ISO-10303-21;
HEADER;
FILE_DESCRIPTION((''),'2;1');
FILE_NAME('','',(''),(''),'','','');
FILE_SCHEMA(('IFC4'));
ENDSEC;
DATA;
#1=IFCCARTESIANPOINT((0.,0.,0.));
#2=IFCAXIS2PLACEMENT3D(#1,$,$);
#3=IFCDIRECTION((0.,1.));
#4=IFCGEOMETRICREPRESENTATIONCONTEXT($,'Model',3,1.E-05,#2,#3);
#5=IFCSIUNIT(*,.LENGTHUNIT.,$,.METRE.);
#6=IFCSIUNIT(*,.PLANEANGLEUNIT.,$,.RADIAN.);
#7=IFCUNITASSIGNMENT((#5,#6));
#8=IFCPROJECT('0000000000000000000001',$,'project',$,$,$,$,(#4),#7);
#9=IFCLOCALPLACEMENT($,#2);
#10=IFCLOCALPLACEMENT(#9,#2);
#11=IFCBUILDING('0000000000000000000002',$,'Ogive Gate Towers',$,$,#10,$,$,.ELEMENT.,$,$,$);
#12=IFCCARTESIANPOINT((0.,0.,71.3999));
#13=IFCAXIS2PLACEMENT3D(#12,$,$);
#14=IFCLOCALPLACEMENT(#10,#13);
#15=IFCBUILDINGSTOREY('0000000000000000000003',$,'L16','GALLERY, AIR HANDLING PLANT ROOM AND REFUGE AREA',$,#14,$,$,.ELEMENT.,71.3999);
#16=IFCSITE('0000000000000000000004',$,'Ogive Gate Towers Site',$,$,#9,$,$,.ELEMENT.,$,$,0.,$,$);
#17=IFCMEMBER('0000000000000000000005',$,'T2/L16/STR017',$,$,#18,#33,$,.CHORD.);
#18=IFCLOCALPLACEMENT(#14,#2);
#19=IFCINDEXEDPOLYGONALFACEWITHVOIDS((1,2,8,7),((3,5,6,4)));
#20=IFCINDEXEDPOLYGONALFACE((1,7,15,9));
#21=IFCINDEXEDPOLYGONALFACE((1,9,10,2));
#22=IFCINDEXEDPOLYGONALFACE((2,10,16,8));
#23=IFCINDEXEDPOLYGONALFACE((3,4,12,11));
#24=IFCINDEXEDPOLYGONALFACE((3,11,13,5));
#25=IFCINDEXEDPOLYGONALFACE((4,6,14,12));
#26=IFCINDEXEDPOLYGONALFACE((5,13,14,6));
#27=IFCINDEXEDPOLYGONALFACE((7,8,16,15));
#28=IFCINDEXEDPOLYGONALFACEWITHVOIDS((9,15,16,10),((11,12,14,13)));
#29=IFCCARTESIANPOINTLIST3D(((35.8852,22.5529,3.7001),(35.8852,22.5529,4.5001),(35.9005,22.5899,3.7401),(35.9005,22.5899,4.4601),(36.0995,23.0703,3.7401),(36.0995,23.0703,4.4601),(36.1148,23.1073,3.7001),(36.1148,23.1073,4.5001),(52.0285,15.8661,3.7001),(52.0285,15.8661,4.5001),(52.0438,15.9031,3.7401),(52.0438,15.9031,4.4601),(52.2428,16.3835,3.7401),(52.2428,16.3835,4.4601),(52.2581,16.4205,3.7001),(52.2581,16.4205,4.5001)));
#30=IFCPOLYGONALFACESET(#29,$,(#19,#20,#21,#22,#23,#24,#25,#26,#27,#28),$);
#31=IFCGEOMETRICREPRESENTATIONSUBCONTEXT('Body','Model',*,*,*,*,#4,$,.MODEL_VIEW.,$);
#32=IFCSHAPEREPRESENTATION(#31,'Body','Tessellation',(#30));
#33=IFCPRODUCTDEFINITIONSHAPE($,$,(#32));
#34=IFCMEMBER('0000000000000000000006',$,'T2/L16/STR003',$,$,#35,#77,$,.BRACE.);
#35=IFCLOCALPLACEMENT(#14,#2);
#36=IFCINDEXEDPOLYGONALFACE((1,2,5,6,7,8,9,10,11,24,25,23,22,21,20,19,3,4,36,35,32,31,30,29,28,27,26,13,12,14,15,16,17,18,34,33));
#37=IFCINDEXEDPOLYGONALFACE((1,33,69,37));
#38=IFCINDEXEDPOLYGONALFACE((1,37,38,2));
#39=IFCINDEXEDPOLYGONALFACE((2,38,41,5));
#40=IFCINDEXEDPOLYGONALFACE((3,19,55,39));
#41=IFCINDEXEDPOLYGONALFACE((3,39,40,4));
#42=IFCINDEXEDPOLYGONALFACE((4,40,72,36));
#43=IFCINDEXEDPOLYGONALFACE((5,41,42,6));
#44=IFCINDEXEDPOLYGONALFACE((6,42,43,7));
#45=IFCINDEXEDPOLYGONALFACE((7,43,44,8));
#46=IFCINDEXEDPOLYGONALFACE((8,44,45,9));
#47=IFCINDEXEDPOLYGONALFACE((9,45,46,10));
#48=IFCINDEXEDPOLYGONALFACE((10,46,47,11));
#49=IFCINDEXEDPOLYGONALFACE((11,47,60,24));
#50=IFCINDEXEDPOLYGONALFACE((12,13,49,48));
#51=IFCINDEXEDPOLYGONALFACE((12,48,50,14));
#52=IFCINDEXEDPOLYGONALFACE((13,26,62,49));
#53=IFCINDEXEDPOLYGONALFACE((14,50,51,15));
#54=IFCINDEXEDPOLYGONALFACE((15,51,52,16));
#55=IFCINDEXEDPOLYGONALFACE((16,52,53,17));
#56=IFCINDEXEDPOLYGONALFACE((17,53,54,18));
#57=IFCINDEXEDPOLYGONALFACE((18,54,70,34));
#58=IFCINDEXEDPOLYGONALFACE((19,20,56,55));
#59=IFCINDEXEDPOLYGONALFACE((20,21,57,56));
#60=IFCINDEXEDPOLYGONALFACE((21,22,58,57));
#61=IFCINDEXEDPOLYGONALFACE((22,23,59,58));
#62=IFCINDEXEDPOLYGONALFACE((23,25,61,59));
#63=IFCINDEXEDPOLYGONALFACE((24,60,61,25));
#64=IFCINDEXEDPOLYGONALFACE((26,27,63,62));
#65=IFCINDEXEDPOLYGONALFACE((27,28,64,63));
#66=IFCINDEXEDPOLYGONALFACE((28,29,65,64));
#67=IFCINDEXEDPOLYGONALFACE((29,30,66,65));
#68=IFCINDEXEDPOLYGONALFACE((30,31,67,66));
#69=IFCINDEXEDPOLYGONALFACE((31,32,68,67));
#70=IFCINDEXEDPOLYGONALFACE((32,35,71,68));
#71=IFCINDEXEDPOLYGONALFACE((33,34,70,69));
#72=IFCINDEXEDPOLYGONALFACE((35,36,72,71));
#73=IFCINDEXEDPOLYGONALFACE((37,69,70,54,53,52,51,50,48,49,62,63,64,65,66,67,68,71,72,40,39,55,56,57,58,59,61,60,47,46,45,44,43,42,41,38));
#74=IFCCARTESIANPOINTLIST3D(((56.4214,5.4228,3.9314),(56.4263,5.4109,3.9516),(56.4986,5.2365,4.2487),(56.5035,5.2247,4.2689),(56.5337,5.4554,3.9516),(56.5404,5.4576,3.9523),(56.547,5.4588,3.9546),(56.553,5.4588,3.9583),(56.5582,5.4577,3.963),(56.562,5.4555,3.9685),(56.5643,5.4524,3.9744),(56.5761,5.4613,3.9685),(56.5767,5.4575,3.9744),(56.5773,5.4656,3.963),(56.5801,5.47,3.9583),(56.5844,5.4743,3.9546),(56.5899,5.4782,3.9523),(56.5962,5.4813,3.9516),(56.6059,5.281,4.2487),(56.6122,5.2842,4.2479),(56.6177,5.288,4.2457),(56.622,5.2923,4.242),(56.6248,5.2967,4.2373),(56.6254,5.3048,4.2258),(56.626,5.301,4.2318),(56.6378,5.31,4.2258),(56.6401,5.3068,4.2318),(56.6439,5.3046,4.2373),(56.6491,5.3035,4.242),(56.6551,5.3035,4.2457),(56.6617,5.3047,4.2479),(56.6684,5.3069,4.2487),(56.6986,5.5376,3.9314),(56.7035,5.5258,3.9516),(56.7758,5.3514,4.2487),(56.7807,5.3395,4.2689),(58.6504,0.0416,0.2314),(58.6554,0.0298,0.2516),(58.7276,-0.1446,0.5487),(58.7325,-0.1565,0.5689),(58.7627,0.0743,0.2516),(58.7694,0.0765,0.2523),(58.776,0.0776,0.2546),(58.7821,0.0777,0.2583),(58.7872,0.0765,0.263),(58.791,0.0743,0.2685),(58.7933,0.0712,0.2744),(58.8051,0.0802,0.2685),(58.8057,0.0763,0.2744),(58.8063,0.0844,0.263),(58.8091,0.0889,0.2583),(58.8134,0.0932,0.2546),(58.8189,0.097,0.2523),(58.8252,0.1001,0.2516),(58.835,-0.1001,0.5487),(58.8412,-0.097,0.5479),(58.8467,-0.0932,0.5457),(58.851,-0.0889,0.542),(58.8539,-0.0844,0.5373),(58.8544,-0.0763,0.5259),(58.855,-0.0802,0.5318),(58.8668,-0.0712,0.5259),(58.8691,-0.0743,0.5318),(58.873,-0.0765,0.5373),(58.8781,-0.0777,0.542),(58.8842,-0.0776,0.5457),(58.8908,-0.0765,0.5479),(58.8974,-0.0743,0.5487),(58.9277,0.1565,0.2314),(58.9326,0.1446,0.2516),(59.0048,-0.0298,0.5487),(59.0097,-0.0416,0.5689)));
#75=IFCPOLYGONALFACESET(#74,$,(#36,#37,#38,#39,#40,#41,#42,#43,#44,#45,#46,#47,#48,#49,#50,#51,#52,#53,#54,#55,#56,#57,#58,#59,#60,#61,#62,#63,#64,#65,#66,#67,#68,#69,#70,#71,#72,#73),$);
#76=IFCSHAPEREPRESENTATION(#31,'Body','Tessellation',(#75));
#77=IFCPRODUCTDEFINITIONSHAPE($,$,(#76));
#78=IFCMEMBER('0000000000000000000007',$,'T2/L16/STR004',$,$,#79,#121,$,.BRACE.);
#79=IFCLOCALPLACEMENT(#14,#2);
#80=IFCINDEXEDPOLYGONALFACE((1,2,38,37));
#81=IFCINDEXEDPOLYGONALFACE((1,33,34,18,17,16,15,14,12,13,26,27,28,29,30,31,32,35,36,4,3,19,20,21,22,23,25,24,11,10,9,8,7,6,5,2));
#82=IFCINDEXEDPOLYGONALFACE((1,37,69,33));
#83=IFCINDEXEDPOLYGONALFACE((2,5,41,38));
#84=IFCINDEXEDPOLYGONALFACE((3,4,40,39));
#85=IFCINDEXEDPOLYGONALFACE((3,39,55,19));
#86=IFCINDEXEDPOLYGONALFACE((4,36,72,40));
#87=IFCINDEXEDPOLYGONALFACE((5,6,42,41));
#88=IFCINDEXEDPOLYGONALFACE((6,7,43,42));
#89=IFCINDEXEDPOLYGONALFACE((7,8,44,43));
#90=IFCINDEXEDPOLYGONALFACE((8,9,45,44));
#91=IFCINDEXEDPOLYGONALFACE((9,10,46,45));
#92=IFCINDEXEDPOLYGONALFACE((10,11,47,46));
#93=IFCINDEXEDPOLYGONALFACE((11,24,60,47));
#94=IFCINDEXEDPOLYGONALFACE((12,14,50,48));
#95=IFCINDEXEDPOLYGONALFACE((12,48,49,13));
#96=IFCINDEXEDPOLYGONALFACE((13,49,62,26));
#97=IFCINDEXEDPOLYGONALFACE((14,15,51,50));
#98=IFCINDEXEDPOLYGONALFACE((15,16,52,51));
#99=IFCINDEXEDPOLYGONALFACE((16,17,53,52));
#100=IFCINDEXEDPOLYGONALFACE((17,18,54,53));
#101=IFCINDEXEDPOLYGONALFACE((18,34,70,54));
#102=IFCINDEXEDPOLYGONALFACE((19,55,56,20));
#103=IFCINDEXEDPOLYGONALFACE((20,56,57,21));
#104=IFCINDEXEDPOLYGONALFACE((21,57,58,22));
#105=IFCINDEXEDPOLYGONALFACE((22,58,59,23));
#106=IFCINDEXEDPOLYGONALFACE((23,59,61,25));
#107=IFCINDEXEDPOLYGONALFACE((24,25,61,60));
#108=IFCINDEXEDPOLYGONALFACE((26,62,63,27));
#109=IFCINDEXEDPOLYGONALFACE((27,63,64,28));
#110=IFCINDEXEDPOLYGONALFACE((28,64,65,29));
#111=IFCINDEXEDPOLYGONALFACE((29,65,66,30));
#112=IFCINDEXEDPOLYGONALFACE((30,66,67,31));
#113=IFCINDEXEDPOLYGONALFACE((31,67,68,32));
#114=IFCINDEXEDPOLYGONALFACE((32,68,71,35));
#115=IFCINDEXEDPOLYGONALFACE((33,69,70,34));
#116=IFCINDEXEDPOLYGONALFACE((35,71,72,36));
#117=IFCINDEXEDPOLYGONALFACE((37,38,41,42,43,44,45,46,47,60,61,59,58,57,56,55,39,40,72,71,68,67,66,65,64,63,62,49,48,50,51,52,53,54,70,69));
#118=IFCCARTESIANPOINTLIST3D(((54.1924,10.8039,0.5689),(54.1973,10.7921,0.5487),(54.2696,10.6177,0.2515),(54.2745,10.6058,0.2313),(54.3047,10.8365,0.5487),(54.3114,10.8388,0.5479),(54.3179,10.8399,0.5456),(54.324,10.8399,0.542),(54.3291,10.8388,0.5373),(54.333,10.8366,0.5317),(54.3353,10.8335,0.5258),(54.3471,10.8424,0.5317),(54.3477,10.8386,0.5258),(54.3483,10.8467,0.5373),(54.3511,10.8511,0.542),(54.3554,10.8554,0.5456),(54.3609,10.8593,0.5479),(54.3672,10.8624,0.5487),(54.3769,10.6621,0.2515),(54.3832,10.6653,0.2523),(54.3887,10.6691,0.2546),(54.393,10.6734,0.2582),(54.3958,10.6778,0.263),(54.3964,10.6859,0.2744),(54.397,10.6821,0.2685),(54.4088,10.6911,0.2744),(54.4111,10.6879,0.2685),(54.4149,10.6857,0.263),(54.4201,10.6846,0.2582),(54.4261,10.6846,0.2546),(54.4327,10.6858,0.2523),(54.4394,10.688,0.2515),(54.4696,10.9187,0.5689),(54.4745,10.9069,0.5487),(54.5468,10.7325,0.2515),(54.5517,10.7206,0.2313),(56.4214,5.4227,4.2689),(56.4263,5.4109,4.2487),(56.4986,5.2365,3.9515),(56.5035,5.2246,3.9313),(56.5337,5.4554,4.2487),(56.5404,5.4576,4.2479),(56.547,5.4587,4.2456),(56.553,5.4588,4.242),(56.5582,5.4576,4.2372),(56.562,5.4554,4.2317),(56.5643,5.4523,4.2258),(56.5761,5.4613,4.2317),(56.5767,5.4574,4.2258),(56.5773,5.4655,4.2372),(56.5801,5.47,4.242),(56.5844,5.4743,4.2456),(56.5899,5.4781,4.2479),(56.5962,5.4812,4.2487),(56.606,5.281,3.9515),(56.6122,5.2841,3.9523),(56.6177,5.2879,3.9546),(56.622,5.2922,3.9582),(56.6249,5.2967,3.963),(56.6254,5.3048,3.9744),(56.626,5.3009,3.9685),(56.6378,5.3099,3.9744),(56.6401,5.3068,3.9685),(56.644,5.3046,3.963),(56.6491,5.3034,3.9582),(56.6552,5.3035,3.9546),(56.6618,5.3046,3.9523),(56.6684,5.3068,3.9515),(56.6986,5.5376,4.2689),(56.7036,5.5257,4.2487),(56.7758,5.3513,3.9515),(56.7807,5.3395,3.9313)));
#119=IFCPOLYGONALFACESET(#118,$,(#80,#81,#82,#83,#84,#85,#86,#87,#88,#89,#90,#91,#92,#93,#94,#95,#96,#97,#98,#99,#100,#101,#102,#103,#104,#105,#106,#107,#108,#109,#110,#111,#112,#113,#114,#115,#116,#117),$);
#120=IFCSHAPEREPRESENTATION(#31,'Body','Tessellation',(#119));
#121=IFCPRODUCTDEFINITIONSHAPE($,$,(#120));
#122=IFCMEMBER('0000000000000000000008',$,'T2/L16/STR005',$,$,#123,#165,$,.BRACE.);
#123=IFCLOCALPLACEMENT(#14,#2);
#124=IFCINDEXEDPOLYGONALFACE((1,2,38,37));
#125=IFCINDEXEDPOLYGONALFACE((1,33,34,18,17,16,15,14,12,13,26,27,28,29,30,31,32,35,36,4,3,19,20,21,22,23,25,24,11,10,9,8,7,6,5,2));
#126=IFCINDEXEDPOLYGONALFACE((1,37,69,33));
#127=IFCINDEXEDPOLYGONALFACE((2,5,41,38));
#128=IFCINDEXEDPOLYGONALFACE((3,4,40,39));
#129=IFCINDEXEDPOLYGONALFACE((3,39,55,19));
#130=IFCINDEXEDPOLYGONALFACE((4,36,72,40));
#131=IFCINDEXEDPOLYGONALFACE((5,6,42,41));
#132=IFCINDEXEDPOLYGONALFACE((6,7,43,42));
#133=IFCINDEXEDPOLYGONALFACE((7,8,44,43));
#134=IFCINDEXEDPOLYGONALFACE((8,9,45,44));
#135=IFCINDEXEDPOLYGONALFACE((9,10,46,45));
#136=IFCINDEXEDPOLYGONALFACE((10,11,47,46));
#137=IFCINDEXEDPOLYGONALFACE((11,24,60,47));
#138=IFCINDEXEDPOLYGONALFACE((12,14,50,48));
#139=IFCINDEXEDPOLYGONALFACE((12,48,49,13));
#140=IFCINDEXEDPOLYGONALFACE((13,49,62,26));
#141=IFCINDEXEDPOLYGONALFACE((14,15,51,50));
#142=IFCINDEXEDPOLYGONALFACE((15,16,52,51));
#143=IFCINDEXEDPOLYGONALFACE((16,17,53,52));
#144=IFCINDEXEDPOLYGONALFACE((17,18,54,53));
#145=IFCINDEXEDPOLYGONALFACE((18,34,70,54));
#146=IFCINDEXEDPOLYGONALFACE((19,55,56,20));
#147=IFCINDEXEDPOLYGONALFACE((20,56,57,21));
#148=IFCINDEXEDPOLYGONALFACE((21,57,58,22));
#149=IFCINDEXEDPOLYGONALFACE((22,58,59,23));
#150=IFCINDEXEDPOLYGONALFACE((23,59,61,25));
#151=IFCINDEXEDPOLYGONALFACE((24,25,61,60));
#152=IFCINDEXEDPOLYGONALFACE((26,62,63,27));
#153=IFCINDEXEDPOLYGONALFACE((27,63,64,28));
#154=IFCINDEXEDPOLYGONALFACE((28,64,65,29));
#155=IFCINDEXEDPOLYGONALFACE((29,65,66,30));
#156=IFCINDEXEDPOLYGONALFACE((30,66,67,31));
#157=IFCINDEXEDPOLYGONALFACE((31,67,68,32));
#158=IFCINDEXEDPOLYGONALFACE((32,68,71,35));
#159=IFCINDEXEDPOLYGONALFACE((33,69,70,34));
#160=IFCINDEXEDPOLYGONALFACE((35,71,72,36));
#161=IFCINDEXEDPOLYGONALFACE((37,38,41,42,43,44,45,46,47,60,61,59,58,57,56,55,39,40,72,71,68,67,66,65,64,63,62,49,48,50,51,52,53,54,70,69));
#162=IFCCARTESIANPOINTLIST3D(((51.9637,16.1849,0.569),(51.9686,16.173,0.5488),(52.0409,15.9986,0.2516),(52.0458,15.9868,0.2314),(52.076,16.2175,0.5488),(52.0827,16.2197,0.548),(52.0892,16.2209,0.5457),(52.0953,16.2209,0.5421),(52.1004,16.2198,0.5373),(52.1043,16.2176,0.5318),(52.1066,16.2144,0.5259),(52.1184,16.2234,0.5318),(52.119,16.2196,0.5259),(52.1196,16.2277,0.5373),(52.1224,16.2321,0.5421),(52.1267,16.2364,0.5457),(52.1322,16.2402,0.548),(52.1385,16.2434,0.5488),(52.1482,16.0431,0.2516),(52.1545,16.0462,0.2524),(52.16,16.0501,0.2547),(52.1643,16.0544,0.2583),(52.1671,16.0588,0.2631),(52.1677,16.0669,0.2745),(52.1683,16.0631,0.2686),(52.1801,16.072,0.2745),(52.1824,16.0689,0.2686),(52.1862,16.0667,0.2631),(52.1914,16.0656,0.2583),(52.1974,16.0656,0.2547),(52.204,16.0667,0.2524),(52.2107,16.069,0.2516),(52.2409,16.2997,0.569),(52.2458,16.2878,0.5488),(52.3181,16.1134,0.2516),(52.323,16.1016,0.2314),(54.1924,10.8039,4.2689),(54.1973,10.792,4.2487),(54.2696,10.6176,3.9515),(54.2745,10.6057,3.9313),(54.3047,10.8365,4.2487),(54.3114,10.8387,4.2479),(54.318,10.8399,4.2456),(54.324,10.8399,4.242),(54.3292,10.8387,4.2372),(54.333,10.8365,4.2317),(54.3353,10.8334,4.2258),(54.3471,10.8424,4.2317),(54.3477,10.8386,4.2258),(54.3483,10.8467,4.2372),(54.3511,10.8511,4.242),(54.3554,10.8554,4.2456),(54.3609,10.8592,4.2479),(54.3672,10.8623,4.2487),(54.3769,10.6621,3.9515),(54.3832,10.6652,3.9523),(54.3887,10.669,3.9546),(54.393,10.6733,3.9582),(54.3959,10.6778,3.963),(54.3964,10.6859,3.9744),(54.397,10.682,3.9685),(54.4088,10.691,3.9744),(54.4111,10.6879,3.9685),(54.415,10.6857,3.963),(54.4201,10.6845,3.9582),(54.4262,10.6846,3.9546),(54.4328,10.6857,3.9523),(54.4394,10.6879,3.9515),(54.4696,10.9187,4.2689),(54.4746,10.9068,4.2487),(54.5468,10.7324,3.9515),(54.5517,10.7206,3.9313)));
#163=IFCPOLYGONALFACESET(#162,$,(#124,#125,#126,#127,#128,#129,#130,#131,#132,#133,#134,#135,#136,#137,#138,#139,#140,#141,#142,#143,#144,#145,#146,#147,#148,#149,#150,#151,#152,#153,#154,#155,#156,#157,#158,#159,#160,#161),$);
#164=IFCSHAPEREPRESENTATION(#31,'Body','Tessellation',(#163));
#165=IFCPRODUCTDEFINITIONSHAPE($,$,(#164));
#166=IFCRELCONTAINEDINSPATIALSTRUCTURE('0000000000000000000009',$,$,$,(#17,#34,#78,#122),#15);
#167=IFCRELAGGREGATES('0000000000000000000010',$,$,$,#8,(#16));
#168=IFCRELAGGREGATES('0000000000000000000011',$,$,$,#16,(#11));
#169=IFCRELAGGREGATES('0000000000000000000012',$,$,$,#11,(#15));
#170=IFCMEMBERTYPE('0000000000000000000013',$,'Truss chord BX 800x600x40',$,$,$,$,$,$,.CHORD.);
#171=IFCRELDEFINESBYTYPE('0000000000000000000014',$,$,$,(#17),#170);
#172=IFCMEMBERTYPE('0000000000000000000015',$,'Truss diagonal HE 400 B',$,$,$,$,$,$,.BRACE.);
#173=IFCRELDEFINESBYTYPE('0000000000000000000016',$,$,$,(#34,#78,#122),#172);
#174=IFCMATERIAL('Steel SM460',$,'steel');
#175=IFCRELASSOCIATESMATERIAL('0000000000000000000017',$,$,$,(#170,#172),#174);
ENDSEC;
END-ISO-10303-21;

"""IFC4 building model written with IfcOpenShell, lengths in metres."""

from ifc_helpers import new_model, si_unit, direction, frame, origin, origin_2d, place, context, subcontext, project, spatial, hollow_rectangle, i_section, extrude, material, material_profile, profile_set, type_object, element, save


model = new_model("IFC4")

# Units and contexts
model_context = context("Model", 3, precision=1e-05, world=origin(), true_north=direction((0.0, 1.0)))
body_context = subcontext(model_context, "Body", "Model", "MODEL_VIEW")
ifc_project = project(units=[si_unit("LENGTHUNIT", "METRE"), si_unit("PLANEANGLEUNIT", "RADIAN")], contexts=[model_context])

# Site, building, storey
site_placement = place(None, origin())
site = spatial("IfcSite", under=ifc_project, at=site_placement, Name="Ogive Gate Towers Site", CompositionType="ELEMENT", RefElevation=0.0)
building_placement = place(site_placement, origin())
building = spatial("IfcBuilding", under=site, at=building_placement, Name="Ogive Gate Towers", CompositionType="ELEMENT")
storey_placement = place(building_placement, frame((0.0, 0.0, 71.3999)))
storey = spatial("IfcBuildingStorey", under=building, at=storey_placement, Name="L16", Description="GALLERY, AIR HANDLING PLANT ROOM AND REFUGE AREA", CompositionType="ELEMENT", Elevation=71.3999)

# Shared definitions
ifc_material_1 = material(Name="Steel SM460", Category="steel")

# Members
ifc_material_profile_1 = material_profile(ifc_material_1, hollow_rectangle(XDim=0.6001, YDim=0.8, WallThickness=0.04, at=origin_2d()), Name="BX 800x600x40")
ifc_profile_set_1 = profile_set([ifc_material_profile_1], Name="Steel SM460")
member_type_1 = type_object("IfcMemberType", Name="Truss chord BX 800x600x40", PredefinedType="CHORD", material=ifc_profile_set_1)
for number, where, z_axis, x_axis, name in (
    (1, (52.1433, 16.1433, 4.1001), (-0.92388, 0.382683, 0.0), (-0.382683, -0.92388, 0.0), "T2/L16/STR017"),
):
    element("IfcMember", number, at=place(storey_placement, frame(where, z_axis=z_axis, x_axis=x_axis)), inside=storey, type_object=member_type_1, Name=name, PredefinedType="CHORD", context=body_context, shape_type="SweptSolid", body=[
        extrude(hollow_rectangle(XDim=0.6001, YDim=0.8, WallThickness=0.04, at=origin_2d()), origin(), (0.0, 0.0, 1.0), 17.4734),
    ])
ifc_material_profile_2 = material_profile(ifc_material_1, i_section(OverallWidth=0.3, OverallDepth=0.3999, WebThickness=0.0134, FlangeThickness=0.0239, FilletRadius=0.0271, at=origin_2d()), Name="HE 400 B")
ifc_profile_set_2 = profile_set([ifc_material_profile_2], Name="Steel SM460")
member_type_2 = type_object("IfcMemberType", Name="Truss diagonal HE 400 B", PredefinedType="BRACE", material=ifc_profile_set_2)
for number, where, z_axis, x_axis, name in (
    (2, (58.8301, 0.0, 0.4001), (-0.323029, 0.779834, 0.5362), (-0.923875, -0.382695, 0.0), "T2/L16/STR003"),
    (3, (56.6011, 5.3811, 4.1001), (-0.323029, 0.779834, -0.5362), (-0.923875, -0.382695, 0.0), "T2/L16/STR004"),
):
    element("IfcMember", number, at=place(storey_placement, frame(where, z_axis=z_axis, x_axis=x_axis)), inside=storey, type_object=member_type_2, Name=name, PredefinedType="BRACE", context=body_context, shape_type="SweptSolid", body=[
        extrude(i_section(OverallWidth=0.3, OverallDepth=0.3999, WebThickness=0.0134, FlangeThickness=0.0239, FilletRadius=0.0271, at=origin_2d()), origin(), (0.0, 0.0, 1.0), 6.9004),
    ])
for number, where, z_axis, x_axis, name in (
    (4, (54.3721, 10.7622, 4.1001), (-0.322998, 0.779843, -0.536206), (-0.92389, -0.382659, 0.0), "T2/L16/STR005"),
):
    element("IfcMember", number, at=place(storey_placement, frame(where, z_axis=z_axis, x_axis=x_axis)), inside=storey, type_object=member_type_2, Name=name, PredefinedType="BRACE", context=body_context, shape_type="SweptSolid", body=[
        extrude(i_section(OverallWidth=0.3, OverallDepth=0.3999, WebThickness=0.0134, FlangeThickness=0.0239, FilletRadius=0.0271, at=origin_2d()), origin(), (0.0, 0.0, 1.0), 6.9001),
    ])

save(model, "model.ifc")
